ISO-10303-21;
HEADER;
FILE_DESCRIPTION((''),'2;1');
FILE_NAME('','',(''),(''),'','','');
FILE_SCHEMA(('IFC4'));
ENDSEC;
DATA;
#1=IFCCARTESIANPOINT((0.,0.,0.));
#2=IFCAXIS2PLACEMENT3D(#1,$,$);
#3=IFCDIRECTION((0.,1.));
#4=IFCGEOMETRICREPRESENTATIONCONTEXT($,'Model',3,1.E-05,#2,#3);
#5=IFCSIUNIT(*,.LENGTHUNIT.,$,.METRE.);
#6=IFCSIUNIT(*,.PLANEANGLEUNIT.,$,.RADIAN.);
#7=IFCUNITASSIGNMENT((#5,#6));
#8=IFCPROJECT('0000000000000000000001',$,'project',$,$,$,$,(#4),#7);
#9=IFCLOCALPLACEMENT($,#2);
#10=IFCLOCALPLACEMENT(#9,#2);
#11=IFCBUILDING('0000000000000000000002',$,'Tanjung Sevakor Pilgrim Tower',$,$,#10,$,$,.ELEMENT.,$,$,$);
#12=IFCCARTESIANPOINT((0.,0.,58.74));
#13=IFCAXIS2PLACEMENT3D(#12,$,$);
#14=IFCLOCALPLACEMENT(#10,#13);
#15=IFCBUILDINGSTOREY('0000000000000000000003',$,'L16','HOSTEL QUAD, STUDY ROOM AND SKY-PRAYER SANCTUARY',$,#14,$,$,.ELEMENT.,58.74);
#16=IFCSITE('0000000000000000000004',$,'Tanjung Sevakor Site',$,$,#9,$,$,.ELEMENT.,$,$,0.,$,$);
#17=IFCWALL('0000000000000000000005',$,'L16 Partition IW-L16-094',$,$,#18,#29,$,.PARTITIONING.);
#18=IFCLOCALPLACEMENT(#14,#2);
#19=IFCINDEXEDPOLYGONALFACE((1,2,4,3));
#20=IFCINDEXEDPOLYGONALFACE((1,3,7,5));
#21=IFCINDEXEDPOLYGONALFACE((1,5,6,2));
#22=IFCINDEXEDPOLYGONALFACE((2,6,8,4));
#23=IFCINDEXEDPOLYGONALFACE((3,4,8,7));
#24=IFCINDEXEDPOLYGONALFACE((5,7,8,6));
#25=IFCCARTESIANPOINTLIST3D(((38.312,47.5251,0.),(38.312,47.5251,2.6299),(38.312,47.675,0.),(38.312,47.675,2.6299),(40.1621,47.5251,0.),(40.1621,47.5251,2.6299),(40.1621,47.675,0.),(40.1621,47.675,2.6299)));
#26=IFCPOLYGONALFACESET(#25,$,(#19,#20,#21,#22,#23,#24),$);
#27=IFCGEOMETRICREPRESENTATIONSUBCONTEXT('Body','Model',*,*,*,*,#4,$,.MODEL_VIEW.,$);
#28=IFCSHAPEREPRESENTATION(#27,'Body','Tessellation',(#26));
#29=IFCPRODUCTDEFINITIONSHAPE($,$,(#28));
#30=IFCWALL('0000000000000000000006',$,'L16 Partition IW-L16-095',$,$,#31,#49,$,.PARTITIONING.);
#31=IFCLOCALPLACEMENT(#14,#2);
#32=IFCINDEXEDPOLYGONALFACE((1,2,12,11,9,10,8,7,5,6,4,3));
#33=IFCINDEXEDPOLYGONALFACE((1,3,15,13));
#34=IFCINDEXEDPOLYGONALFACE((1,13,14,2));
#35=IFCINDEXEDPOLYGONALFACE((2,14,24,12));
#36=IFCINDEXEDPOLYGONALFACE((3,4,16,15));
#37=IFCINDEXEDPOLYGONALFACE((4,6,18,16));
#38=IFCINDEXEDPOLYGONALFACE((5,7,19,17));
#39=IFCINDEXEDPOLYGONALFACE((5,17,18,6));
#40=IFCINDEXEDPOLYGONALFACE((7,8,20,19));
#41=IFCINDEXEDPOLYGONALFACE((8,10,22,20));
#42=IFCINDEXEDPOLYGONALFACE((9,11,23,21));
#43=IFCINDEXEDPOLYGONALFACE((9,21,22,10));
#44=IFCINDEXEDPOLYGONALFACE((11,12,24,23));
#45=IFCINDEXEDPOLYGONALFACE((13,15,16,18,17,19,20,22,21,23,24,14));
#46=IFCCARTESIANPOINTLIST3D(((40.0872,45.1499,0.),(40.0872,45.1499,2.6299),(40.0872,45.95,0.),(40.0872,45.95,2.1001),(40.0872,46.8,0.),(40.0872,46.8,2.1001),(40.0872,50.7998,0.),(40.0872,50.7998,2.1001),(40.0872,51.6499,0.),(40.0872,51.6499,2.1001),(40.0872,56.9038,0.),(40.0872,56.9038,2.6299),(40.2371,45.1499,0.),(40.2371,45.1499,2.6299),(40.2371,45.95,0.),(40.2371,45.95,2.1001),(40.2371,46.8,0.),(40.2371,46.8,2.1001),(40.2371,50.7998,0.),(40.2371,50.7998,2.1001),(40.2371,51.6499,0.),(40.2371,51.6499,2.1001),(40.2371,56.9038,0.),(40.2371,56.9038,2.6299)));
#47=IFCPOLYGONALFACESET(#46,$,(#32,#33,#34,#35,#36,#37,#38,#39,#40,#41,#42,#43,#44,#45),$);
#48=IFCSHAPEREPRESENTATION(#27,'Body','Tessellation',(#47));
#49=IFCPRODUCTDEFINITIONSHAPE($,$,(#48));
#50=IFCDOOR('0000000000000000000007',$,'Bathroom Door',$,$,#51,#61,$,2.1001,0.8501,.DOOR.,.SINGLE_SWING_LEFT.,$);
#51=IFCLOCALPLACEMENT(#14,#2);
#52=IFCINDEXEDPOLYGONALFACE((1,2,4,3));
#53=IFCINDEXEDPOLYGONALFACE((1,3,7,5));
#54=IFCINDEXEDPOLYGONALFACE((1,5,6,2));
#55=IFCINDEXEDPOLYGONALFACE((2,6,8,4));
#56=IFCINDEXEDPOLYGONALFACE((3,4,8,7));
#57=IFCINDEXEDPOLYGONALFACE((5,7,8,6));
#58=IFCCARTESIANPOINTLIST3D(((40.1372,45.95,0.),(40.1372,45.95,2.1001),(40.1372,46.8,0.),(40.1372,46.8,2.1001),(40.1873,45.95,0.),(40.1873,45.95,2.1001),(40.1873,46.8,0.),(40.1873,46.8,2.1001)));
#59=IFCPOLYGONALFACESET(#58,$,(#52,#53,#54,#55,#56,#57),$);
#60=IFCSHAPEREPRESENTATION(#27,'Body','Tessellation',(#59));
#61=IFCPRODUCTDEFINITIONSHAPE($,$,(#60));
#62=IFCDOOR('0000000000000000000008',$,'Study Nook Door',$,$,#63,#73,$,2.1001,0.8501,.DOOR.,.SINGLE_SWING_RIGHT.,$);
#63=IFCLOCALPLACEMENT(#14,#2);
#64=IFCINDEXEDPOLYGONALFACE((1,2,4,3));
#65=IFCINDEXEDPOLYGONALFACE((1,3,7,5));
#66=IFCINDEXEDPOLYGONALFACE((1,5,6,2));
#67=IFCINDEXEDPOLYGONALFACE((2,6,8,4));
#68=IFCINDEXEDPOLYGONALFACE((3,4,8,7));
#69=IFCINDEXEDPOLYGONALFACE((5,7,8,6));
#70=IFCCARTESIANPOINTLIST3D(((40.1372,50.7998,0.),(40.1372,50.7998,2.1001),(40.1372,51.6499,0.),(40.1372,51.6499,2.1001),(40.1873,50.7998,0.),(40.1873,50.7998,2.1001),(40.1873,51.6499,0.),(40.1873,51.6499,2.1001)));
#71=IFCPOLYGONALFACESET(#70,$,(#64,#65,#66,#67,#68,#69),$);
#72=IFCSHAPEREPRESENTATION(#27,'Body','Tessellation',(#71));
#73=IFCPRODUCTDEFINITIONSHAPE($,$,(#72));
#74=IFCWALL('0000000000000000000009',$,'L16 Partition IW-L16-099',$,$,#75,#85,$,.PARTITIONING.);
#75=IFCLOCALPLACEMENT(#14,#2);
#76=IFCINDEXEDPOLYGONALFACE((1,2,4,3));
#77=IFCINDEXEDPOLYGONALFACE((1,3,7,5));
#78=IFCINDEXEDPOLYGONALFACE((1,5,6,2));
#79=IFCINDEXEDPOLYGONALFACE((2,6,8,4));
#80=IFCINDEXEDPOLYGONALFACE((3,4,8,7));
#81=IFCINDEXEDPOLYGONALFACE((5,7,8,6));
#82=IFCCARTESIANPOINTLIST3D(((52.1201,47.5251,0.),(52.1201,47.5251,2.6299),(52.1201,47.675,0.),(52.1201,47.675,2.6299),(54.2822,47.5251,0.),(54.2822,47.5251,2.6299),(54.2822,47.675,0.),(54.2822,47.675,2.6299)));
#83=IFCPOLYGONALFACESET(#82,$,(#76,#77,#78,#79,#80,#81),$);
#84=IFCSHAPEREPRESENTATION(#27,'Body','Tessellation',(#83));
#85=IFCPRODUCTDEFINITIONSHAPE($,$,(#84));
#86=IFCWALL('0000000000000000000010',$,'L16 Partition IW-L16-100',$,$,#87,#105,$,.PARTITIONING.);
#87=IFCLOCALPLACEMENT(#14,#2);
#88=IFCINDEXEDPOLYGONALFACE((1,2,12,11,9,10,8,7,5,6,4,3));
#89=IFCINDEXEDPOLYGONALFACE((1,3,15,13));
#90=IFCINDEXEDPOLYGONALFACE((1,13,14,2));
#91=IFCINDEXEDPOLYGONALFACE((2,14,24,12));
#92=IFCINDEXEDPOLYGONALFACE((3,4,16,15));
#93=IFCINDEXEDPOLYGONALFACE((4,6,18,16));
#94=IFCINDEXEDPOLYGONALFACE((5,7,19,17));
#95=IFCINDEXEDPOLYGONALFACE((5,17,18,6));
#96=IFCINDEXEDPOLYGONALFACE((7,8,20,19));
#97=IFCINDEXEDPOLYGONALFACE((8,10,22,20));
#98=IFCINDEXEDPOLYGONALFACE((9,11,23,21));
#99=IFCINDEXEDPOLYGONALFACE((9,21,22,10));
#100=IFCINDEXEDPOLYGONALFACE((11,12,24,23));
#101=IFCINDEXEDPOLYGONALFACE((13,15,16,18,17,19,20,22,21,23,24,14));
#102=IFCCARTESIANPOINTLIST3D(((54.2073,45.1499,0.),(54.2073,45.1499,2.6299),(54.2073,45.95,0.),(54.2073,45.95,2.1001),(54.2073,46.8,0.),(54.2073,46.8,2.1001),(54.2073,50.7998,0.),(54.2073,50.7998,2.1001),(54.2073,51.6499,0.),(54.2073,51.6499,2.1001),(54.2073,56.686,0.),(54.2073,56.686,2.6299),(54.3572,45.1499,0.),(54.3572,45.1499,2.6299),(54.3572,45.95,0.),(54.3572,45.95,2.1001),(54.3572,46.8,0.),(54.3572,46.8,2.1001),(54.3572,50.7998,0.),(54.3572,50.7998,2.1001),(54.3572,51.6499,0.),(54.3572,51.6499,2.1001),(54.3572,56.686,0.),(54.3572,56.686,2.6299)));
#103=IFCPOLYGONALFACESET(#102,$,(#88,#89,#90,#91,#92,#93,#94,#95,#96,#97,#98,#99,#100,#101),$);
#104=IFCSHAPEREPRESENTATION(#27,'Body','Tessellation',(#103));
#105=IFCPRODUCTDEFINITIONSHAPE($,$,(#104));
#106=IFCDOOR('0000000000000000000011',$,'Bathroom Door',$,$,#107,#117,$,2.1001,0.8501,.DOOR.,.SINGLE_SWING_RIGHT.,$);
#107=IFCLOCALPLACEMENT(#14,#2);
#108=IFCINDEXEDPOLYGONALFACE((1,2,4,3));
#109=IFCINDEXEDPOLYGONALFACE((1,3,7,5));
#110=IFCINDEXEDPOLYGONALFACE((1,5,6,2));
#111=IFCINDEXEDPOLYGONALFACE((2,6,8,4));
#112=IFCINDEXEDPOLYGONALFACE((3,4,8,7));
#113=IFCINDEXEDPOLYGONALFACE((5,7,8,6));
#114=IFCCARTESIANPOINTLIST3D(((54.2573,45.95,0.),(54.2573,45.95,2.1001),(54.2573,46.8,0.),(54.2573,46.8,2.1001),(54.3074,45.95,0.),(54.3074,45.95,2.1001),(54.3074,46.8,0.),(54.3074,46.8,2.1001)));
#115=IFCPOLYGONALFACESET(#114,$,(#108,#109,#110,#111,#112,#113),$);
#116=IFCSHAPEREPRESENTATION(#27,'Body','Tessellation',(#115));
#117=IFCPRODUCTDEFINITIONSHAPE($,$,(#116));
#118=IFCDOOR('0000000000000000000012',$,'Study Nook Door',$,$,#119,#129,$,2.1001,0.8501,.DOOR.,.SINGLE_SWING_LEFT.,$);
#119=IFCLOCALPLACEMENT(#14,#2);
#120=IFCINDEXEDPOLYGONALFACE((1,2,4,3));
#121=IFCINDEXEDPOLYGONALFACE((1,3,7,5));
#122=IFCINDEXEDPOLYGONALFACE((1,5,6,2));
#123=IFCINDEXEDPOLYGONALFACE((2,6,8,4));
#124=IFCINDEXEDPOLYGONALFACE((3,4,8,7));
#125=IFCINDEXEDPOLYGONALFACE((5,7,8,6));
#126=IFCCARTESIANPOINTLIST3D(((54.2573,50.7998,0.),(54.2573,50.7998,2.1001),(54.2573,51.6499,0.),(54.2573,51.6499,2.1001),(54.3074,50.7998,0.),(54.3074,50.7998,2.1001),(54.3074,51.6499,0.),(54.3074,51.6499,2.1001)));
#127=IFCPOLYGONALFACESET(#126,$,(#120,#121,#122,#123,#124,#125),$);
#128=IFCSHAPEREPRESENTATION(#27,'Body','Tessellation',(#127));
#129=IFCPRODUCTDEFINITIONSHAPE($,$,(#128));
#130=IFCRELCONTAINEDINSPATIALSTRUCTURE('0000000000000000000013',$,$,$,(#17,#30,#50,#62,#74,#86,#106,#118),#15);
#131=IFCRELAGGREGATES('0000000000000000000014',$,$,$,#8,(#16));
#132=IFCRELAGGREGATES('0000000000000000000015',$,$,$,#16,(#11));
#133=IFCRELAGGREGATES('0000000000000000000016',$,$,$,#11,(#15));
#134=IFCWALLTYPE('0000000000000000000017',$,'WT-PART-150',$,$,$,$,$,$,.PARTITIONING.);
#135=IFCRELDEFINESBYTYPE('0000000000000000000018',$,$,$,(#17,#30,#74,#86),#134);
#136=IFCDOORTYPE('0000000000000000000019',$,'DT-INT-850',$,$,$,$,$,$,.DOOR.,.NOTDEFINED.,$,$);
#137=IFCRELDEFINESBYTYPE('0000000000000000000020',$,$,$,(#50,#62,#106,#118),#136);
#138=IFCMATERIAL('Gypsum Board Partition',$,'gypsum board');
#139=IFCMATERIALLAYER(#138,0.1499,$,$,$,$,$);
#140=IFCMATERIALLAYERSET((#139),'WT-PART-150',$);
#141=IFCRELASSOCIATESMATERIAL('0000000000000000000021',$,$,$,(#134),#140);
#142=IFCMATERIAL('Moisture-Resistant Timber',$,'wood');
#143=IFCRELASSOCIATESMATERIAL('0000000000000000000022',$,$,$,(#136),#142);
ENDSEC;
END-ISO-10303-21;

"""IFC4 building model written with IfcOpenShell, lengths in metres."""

from ifc_helpers import new_model, si_unit, direction, frame, frame_2d, origin, place, context, subcontext, project, spatial, rectangle, extrude, material, layer, layer_set, type_object, element, fill, save


model = new_model("IFC4")

# Units and contexts
model_context = context("Model", 3, precision=1e-05, world=origin(), true_north=direction((0.0, 1.0)))
body_context = subcontext(model_context, "Body", "Model", "MODEL_VIEW")
ifc_project = project(units=[si_unit("LENGTHUNIT", "METRE"), si_unit("PLANEANGLEUNIT", "RADIAN")], contexts=[model_context])

# Site, building, storey
site_placement = place(None, origin())
site = spatial("IfcSite", under=ifc_project, at=site_placement, Name="Tanjung Sevakor Site", CompositionType="ELEMENT", RefElevation=0.0)
building_placement = place(site_placement, origin())
building = spatial("IfcBuilding", under=site, at=building_placement, Name="Tanjung Sevakor Pilgrim Tower", CompositionType="ELEMENT")
storey_placement = place(building_placement, frame((0.0, 0.0, 58.74)))
storey = spatial("IfcBuildingStorey", under=building, at=storey_placement, Name="L16", Description="HOSTEL QUAD, STUDY ROOM AND SKY-PRAYER SANCTUARY", CompositionType="ELEMENT", Elevation=58.74)

# Shared definitions
ifc_material_1 = material(Name="Gypsum Board Partition", Category="gypsum board")
ifc_layer_1 = layer(ifc_material_1, 0.1499)
ifc_layer_set_1 = layer_set([ifc_layer_1], Name="WT-PART-150")
wall_type_1 = type_object("IfcWallType", Name="WT-PART-150", PredefinedType="PARTITIONING", material=ifc_layer_set_1)
ifc_material_2 = material(Name="Moisture-Resistant Timber", Category="wood")
door_type_1 = type_object("IfcDoorType", Name="DT-INT-850", OperationType="NOTDEFINED", PredefinedType="DOOR", material=ifc_material_2)

# Wall
wall_1_placement = place(storey_placement, frame((38.312, 47.6001, 0.0), z_axis=(0.0, 0.0, 1.0), x_axis=(1.0, 0.0, 0.0)))
element("IfcWall", 1, at=wall_1_placement, inside=storey, type_object=wall_type_1, Name="L16 Partition IW-L16-094", PredefinedType="PARTITIONING", context=body_context, shape_type="SweptSolid", body=[
    extrude(rectangle(XDim=1.8501, YDim=0.1499, at=frame_2d((0.925, 0.0))), origin(), (0.0, 0.0, 1.0), 2.6299),
])

# Wall, openings, doors
wall_2_placement = place(storey_placement, frame((40.1621, 45.1499, 0.0), z_axis=(0.0, 0.0, 1.0), x_axis=(0.0, 1.0, 0.0)))
wall_2 = element("IfcWall", 2, at=wall_2_placement, inside=storey, type_object=wall_type_1, Name="L16 Partition IW-L16-095", PredefinedType="PARTITIONING", context=body_context, shape_type="SweptSolid", body=[
    extrude(rectangle(XDim=11.7539, YDim=0.1499, at=frame_2d((5.877, 0.0))), origin(), (0.0, 0.0, 1.0), 2.6299),
])
opening_1_placement = place(wall_2_placement, frame((0.8, 0.0, 0.0)))
opening_1 = element("IfcOpeningElement", 3, at=opening_1_placement, cuts=wall_2, PredefinedType="OPENING", context=body_context, shape_type="SweptSolid", body=[
    extrude(rectangle(XDim=0.8501, YDim=2.1001, at=frame_2d((0.425, 1.05))), frame((0.0, 0.085, 0.0), z_axis=(0.0, -1.0, 0.0), x_axis=(1.0, 0.0, 0.0)), (0.0, 0.0, 1.0), 0.1699),
])
opening_2_placement = place(wall_2_placement, frame((5.6499, 0.0, 0.0)))
opening_2 = element("IfcOpeningElement", 4, at=opening_2_placement, cuts=wall_2, PredefinedType="OPENING", context=body_context, shape_type="SweptSolid", body=[
    extrude(rectangle(XDim=0.8501, YDim=2.1001, at=frame_2d((0.425, 1.05))), frame((0.0, 0.085, 0.0), z_axis=(0.0, -1.0, 0.0), x_axis=(1.0, 0.0, 0.0)), (0.0, 0.0, 1.0), 0.1699),
])
door_1_placement = place(opening_1_placement, origin())
door_1 = element("IfcDoor", 5, at=door_1_placement, inside=storey, type_object=door_type_1, Name="Bathroom Door", OperationType="SINGLE_SWING_LEFT", OverallHeight=2.1001, OverallWidth=0.8501, PredefinedType="DOOR", context=body_context, shape_type="SweptSolid", body=[
    extrude(rectangle(XDim=0.8501, YDim=2.1001, at=frame_2d((0.425, 1.05))), frame((0.0, 0.0249, 0.0), z_axis=(0.0, -1.0, 0.0), x_axis=(1.0, 0.0, 0.0)), (0.0, 0.0, 1.0), 0.05),
])
fill(opening_1, door_1)
door_2_placement = place(opening_2_placement, origin())
door_2 = element("IfcDoor", 6, at=door_2_placement, inside=storey, type_object=door_type_1, Name="Study Nook Door", OperationType="SINGLE_SWING_RIGHT", OverallHeight=2.1001, OverallWidth=0.8501, PredefinedType="DOOR", context=body_context, shape_type="SweptSolid", body=[
    extrude(rectangle(XDim=0.8501, YDim=2.1001, at=frame_2d((0.425, 1.05))), frame((0.0, 0.0249, 0.0), z_axis=(0.0, -1.0, 0.0), x_axis=(1.0, 0.0, 0.0)), (0.0, 0.0, 1.0), 0.05),
])
fill(opening_2, door_2)

# Wall
wall_3_placement = place(storey_placement, frame((52.1201, 47.6001, 0.0), z_axis=(0.0, 0.0, 1.0), x_axis=(1.0, 0.0, 0.0)))
element("IfcWall", 7, at=wall_3_placement, inside=storey, type_object=wall_type_1, Name="L16 Partition IW-L16-099", PredefinedType="PARTITIONING", context=body_context, shape_type="SweptSolid", body=[
    extrude(rectangle(XDim=2.1621, YDim=0.1499, at=frame_2d((1.0811, 0.0))), origin(), (0.0, 0.0, 1.0), 2.6299),
])

# Wall, openings, doors
wall_4_placement = place(storey_placement, frame((54.2822, 45.1499, 0.0), z_axis=(0.0, 0.0, 1.0), x_axis=(0.0, 1.0, 0.0)))
wall_4 = element("IfcWall", 8, at=wall_4_placement, inside=storey, type_object=wall_type_1, Name="L16 Partition IW-L16-100", PredefinedType="PARTITIONING", context=body_context, shape_type="SweptSolid", body=[
    extrude(rectangle(XDim=11.5361, YDim=0.1499, at=frame_2d((5.7681, 0.0))), origin(), (0.0, 0.0, 1.0), 2.6299),
])
opening_3_placement = place(wall_4_placement, frame((0.8, 0.0, 0.0)))
opening_3 = element("IfcOpeningElement", 9, at=opening_3_placement, cuts=wall_4, PredefinedType="OPENING", context=body_context, shape_type="SweptSolid", body=[
    extrude(rectangle(XDim=0.8501, YDim=2.1001, at=frame_2d((0.425, 1.05))), frame((0.0, 0.085, 0.0), z_axis=(0.0, -1.0, 0.0), x_axis=(1.0, 0.0, 0.0)), (0.0, 0.0, 1.0), 0.1699),
])
opening_4_placement = place(wall_4_placement, frame((5.6499, 0.0, 0.0)))
opening_4 = element("IfcOpeningElement", 10, at=opening_4_placement, cuts=wall_4, PredefinedType="OPENING", context=body_context, shape_type="SweptSolid", body=[
    extrude(rectangle(XDim=0.8501, YDim=2.1001, at=frame_2d((0.425, 1.05))), frame((0.0, 0.085, 0.0), z_axis=(0.0, -1.0, 0.0), x_axis=(1.0, 0.0, 0.0)), (0.0, 0.0, 1.0), 0.1699),
])
door_3_placement = place(opening_3_placement, origin())
door_3 = element("IfcDoor", 11, at=door_3_placement, inside=storey, type_object=door_type_1, Name="Bathroom Door", OperationType="SINGLE_SWING_RIGHT", OverallHeight=2.1001, OverallWidth=0.8501, PredefinedType="DOOR", context=body_context, shape_type="SweptSolid", body=[
    extrude(rectangle(XDim=0.8501, YDim=2.1001, at=frame_2d((0.425, 1.05))), frame((0.0, 0.0249, 0.0), z_axis=(0.0, -1.0, 0.0), x_axis=(1.0, 0.0, 0.0)), (0.0, 0.0, 1.0), 0.05),
])
fill(opening_3, door_3)
door_4_placement = place(opening_4_placement, origin())
door_4 = element("IfcDoor", 12, at=door_4_placement, inside=storey, type_object=door_type_1, Name="Study Nook Door", OperationType="SINGLE_SWING_LEFT", OverallHeight=2.1001, OverallWidth=0.8501, PredefinedType="DOOR", context=body_context, shape_type="SweptSolid", body=[
    extrude(rectangle(XDim=0.8501, YDim=2.1001, at=frame_2d((0.425, 1.05))), frame((0.0, 0.0249, 0.0), z_axis=(0.0, -1.0, 0.0), x_axis=(1.0, 0.0, 0.0)), (0.0, 0.0, 1.0), 0.05),
])
fill(opening_4, door_4)

save(model, "model.ifc")
